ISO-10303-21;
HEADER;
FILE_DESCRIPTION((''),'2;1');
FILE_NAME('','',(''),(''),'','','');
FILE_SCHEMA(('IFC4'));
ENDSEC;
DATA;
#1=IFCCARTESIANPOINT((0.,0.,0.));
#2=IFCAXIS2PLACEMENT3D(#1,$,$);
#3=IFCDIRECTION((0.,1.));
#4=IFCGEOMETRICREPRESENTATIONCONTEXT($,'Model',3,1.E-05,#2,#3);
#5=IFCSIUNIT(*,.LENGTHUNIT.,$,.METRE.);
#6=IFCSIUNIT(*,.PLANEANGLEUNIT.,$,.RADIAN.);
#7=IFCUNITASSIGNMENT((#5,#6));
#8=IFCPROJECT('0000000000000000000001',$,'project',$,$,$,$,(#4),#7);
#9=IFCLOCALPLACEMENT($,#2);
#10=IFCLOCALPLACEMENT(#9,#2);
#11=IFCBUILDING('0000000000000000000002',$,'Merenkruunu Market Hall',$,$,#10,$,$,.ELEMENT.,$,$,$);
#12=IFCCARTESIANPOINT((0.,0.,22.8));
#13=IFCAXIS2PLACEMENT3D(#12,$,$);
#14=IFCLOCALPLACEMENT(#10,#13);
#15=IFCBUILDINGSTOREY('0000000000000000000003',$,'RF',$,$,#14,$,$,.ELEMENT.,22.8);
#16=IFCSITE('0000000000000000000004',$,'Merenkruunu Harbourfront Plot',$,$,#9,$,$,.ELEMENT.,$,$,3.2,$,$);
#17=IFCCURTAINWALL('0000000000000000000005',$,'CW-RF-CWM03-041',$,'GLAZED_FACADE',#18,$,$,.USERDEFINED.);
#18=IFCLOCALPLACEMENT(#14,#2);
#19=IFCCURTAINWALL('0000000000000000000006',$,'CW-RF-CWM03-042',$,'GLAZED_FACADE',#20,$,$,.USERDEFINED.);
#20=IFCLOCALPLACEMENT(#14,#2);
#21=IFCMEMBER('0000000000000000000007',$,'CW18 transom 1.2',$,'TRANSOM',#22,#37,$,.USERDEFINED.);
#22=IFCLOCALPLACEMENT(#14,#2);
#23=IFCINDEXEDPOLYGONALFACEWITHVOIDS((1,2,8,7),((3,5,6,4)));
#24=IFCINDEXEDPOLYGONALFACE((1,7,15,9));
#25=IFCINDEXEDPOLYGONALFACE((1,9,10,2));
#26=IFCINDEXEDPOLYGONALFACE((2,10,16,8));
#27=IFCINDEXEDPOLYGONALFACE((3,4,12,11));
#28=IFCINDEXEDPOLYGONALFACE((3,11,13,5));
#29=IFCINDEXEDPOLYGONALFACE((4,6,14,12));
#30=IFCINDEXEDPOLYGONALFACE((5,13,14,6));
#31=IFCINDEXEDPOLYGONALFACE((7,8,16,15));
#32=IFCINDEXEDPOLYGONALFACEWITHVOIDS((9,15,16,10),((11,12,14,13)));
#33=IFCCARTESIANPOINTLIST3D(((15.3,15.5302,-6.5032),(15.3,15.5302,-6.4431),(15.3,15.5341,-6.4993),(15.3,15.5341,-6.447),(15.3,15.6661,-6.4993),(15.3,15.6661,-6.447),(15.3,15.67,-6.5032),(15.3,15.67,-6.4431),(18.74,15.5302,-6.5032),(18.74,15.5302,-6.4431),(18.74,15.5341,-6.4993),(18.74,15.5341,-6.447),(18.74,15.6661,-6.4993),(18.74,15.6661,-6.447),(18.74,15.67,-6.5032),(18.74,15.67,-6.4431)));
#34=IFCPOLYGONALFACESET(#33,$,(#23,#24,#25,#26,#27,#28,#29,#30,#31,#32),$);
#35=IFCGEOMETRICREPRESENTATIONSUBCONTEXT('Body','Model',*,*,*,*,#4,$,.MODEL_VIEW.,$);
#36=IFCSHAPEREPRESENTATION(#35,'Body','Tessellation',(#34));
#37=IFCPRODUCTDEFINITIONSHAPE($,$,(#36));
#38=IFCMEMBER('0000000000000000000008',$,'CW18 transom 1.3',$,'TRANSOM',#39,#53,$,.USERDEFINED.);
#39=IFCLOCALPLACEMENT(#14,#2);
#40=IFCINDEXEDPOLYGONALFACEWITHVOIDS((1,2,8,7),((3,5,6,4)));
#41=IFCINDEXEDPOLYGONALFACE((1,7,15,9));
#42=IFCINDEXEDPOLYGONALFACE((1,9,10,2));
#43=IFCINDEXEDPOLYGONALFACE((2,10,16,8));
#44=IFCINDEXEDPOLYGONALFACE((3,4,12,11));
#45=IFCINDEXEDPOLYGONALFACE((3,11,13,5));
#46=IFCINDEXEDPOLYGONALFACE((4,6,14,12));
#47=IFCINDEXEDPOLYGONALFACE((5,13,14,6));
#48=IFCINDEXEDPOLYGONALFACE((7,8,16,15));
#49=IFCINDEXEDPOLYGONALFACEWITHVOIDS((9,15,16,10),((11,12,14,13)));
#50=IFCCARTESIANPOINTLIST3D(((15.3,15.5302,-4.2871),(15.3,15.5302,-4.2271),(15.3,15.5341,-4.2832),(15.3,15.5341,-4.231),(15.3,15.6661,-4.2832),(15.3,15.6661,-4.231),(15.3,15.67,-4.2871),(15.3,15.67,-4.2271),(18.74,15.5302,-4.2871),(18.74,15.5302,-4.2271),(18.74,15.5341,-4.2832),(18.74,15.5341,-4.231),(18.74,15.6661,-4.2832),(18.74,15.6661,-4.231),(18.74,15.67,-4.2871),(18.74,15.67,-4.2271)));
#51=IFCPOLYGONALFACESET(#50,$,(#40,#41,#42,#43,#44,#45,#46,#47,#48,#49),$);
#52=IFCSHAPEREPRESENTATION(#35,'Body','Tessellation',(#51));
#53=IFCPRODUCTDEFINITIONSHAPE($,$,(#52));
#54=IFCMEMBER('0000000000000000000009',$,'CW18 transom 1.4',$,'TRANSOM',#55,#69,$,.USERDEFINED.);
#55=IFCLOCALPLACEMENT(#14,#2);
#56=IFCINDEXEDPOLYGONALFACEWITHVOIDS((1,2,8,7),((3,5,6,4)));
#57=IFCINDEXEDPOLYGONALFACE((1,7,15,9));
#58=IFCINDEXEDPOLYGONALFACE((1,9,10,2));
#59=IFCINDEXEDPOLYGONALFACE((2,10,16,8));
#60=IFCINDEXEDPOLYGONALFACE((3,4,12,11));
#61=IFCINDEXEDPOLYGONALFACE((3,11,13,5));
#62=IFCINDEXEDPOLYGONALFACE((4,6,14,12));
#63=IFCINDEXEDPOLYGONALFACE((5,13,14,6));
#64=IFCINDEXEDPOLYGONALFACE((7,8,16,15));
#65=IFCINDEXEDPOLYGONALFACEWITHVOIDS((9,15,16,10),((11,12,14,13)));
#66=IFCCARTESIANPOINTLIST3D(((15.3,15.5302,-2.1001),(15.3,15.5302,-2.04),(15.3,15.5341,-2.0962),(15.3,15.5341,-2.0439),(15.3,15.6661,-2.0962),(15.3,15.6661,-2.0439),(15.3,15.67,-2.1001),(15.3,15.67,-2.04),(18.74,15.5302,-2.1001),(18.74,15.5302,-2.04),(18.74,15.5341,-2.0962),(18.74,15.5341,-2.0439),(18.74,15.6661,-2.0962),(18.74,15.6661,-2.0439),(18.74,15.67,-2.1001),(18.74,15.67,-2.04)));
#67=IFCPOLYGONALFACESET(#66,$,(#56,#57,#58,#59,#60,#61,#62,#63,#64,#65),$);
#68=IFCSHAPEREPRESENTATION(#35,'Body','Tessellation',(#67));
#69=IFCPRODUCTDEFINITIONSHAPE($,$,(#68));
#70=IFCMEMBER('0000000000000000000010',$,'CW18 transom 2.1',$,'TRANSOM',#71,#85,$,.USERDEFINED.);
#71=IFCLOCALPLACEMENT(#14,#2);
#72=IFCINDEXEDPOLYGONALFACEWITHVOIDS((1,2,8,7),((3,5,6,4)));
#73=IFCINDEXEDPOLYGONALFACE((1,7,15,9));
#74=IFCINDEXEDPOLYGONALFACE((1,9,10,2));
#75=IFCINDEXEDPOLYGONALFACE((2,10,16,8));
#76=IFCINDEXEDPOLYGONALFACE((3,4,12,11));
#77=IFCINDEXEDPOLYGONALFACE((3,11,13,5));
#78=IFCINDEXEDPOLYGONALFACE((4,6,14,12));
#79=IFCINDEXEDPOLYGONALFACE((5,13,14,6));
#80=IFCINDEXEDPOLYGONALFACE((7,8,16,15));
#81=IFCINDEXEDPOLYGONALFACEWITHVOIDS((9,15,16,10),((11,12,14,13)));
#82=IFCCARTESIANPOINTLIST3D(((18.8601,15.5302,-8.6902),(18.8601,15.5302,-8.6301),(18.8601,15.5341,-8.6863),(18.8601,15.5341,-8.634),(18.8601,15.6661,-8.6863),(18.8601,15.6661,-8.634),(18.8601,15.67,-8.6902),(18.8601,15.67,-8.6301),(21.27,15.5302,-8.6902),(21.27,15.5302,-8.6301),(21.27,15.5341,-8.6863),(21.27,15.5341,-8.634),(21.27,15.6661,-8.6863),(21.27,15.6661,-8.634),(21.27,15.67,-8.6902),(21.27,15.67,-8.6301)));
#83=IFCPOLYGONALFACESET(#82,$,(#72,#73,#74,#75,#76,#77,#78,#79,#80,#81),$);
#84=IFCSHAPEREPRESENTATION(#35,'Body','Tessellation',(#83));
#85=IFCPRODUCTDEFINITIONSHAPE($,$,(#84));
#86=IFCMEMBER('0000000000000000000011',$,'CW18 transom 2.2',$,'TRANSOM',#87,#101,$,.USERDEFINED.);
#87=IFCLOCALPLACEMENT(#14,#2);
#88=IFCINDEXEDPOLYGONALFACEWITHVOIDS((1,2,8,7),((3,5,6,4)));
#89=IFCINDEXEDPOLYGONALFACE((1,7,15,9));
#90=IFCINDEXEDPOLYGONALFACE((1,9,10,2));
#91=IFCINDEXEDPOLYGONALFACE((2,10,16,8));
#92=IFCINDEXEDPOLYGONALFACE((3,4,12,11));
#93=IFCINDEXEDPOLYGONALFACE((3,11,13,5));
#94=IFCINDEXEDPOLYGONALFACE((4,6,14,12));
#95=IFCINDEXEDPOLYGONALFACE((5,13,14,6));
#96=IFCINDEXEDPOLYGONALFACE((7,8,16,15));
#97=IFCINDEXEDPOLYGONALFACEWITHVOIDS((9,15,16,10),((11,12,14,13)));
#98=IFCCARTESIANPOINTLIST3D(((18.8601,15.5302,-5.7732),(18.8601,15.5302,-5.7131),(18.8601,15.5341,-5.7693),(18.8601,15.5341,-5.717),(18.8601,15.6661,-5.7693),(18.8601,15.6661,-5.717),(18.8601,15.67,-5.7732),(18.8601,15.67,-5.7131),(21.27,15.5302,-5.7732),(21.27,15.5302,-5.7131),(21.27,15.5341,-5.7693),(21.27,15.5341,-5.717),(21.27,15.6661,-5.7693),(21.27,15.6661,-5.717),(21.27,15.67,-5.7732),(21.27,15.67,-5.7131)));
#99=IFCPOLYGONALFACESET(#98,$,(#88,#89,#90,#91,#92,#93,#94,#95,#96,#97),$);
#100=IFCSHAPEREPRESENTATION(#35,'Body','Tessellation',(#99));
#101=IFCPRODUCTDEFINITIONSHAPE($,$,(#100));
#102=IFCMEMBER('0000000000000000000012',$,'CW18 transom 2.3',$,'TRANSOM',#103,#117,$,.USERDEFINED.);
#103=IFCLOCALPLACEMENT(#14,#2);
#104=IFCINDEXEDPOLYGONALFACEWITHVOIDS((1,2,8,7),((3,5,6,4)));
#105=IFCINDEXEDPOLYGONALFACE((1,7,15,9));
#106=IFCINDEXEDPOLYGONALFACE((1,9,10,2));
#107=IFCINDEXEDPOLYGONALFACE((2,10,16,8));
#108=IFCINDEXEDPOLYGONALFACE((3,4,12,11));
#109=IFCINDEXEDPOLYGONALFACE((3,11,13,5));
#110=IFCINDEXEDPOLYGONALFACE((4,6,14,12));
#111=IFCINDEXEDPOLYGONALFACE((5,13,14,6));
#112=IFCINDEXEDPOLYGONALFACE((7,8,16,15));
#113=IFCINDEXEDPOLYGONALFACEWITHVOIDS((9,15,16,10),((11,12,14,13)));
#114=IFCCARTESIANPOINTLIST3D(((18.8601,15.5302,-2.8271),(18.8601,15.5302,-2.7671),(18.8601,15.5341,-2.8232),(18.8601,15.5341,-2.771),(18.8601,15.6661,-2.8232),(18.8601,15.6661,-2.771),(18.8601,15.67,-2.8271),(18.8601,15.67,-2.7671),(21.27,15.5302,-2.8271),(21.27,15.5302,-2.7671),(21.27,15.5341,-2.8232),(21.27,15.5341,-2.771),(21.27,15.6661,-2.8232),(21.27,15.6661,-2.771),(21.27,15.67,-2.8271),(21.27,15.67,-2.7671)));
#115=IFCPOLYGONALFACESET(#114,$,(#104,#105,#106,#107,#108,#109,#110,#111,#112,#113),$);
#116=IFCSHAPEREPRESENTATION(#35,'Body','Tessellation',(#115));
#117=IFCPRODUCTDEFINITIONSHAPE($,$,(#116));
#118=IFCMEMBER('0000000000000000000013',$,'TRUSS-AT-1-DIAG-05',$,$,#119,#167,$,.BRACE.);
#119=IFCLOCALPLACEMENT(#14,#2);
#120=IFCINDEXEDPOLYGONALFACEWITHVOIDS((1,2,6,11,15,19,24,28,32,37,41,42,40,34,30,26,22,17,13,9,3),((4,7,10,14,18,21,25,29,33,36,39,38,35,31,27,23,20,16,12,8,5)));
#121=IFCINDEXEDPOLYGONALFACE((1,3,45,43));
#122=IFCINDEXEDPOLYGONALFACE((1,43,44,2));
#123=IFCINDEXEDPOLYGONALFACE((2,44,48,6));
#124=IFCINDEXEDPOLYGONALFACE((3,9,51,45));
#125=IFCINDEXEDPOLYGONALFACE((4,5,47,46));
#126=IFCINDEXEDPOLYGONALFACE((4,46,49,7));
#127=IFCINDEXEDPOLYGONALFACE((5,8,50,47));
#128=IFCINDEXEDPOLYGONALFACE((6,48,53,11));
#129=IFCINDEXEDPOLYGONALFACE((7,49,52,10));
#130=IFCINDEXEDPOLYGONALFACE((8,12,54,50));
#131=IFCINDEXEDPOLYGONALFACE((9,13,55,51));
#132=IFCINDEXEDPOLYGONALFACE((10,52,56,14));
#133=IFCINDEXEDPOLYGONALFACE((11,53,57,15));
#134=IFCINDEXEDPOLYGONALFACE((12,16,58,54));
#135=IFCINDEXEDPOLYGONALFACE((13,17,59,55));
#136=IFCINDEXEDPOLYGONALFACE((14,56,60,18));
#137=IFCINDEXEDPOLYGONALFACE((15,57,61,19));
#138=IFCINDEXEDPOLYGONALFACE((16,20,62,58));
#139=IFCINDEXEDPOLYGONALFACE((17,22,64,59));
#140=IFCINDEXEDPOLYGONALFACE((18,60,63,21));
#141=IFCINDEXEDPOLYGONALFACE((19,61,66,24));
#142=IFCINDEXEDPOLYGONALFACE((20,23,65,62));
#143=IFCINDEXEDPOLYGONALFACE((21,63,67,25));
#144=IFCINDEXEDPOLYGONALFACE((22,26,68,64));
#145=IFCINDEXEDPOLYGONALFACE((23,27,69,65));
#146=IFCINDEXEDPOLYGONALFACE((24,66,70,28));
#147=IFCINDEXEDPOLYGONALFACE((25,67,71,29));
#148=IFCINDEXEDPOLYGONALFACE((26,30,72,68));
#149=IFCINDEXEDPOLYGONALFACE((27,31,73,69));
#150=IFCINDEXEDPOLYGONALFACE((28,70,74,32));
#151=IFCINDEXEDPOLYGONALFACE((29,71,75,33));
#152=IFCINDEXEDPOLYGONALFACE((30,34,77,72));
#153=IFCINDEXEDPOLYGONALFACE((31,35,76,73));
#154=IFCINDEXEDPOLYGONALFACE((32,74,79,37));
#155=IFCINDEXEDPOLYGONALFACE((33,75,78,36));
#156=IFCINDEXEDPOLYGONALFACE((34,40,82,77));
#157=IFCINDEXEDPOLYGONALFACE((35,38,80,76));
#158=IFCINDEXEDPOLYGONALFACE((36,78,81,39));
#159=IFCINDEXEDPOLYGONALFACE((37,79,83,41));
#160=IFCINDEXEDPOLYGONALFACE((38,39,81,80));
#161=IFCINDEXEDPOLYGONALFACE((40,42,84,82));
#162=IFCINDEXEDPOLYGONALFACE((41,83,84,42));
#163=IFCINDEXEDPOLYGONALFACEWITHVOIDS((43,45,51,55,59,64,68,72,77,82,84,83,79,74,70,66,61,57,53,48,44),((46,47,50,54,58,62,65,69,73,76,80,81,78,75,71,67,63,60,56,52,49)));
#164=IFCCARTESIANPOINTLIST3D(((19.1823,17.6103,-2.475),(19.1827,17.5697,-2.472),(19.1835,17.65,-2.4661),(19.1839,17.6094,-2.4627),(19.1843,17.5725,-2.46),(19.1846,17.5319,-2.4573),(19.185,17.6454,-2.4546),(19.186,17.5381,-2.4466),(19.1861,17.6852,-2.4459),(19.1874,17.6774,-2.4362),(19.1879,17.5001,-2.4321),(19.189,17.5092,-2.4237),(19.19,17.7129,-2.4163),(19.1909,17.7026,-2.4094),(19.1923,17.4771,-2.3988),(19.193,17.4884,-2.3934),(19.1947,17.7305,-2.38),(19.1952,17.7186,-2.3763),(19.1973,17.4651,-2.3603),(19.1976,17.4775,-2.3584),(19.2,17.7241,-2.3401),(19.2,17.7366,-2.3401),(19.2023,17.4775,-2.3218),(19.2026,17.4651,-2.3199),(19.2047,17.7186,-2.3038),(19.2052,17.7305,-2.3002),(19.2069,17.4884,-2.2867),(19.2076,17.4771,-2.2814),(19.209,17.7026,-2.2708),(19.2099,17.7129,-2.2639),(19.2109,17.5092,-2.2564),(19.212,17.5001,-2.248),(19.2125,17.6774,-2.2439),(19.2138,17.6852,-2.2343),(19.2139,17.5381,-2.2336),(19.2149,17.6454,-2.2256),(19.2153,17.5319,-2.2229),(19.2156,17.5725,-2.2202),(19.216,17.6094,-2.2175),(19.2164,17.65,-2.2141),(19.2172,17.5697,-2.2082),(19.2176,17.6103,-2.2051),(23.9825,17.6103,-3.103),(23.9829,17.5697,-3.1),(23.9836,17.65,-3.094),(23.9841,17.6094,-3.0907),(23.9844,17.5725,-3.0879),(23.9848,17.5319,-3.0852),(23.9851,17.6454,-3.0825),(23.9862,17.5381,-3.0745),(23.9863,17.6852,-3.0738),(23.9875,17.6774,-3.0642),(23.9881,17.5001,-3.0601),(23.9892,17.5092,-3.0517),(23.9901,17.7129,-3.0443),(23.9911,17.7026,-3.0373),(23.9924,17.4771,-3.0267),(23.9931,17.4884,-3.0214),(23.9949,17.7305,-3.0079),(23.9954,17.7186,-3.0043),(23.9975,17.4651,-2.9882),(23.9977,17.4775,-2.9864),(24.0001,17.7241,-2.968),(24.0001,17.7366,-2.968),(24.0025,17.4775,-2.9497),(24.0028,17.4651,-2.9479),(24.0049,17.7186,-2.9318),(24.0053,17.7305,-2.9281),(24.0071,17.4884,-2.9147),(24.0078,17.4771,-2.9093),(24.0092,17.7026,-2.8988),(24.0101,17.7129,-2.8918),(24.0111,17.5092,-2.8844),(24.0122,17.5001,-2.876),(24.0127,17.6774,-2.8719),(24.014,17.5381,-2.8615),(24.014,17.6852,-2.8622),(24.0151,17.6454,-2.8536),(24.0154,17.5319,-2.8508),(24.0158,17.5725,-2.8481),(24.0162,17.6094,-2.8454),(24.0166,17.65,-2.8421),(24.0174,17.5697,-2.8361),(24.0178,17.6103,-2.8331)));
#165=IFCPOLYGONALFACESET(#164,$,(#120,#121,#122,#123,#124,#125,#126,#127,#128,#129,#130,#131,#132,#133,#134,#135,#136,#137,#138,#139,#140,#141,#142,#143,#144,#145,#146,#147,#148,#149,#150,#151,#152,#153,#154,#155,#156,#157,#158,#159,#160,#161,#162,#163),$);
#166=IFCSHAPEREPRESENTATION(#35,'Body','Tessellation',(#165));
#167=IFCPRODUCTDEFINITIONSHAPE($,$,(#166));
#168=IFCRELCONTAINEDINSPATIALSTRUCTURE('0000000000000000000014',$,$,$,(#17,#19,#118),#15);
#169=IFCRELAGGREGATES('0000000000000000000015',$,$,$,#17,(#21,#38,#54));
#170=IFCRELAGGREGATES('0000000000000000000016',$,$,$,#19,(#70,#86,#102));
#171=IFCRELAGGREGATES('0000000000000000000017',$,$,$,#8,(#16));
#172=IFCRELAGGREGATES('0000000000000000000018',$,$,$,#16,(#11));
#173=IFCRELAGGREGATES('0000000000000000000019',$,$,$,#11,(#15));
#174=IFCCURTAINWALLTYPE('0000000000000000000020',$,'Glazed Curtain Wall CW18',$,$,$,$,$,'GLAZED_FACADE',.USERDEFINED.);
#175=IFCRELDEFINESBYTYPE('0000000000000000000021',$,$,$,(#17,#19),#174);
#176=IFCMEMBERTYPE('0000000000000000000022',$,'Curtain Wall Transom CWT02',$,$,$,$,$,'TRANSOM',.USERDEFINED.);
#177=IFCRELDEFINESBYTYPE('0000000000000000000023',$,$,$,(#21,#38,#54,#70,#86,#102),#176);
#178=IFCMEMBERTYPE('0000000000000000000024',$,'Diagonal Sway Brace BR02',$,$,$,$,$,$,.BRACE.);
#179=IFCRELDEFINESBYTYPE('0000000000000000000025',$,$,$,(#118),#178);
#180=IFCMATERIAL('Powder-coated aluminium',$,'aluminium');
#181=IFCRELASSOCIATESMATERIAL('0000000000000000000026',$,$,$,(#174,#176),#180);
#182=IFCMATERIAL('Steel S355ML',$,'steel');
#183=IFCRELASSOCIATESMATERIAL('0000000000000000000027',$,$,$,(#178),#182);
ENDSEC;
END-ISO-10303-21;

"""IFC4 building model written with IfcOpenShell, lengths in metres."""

from ifc_helpers import new_model, si_unit, direction, frame, origin, origin_2d, place, context, subcontext, project, spatial, hollow_rectangle, hollow_circle, extrude, material, material_profile, profile_set, type_object, element, aggregate, save


model = new_model("IFC4")

# Units and contexts
model_context = context("Model", 3, precision=1e-05, world=origin(), true_north=direction((0.0, 1.0)))
body_context = subcontext(model_context, "Body", "Model", "MODEL_VIEW")
ifc_project = project(units=[si_unit("LENGTHUNIT", "METRE"), si_unit("PLANEANGLEUNIT", "RADIAN")], contexts=[model_context])

# Site, building, storey
site_placement = place(None, origin())
site = spatial("IfcSite", under=ifc_project, at=site_placement, Name="Merenkruunu Harbourfront Plot", CompositionType="ELEMENT", RefElevation=3.2)
building_placement = place(site_placement, origin())
building = spatial("IfcBuilding", under=site, at=building_placement, Name="Merenkruunu Market Hall", CompositionType="ELEMENT")
storey_placement = place(building_placement, frame((0.0, 0.0, 22.8)))
storey = spatial("IfcBuildingStorey", under=building, at=storey_placement, Name="RF", CompositionType="ELEMENT", Elevation=22.8)

# Shared definitions
ifc_material_1 = material(Name="Steel S355ML", Category="steel")

# Curtain wall
ifc_material_2 = material(Name="Powder-coated aluminium", Category="aluminium")
curtain_wall_type = type_object("IfcCurtainWallType", Name="Glazed Curtain Wall CW18", ElementType="GLAZED_FACADE", PredefinedType="USERDEFINED", material=ifc_material_2)
curtain_wall_1_placement = place(storey_placement, origin())
curtain_wall_1 = element("IfcCurtainWall", 1, at=curtain_wall_1_placement, inside=storey, type_object=curtain_wall_type, Name="CW-RF-CWM03-041", ObjectType="GLAZED_FACADE", PredefinedType="USERDEFINED")

# Curtain wall
curtain_wall_2_placement = place(storey_placement, origin())
curtain_wall_2 = element("IfcCurtainWall", 2, at=curtain_wall_2_placement, inside=storey, type_object=curtain_wall_type, Name="CW-RF-CWM03-042", ObjectType="GLAZED_FACADE", PredefinedType="USERDEFINED")

# Members
ifc_material_profile_1 = material_profile(ifc_material_2, hollow_rectangle(XDim=0.0601, YDim=0.1399, WallThickness=0.0039, at=origin_2d()), Name="ALU 60x140x4")
ifc_profile_set_1 = profile_set([ifc_material_profile_1], Name="Powder-coated aluminium")
member_type_1 = type_object("IfcMemberType", Name="Curtain Wall Transom CWT02", ElementType="TRANSOM", PredefinedType="USERDEFINED", material=ifc_profile_set_1)
member_1_placement = place(storey_placement, frame((18.74, 15.6001, -6.4731), z_axis=(-1.0, 0.0, 0.0), x_axis=(0.0, 0.0, 1.0)))
member_1 = element("IfcMember", 3, at=member_1_placement, type_object=member_type_1, Name="CW18 transom 1.2", ObjectType="TRANSOM", PredefinedType="USERDEFINED", context=body_context, shape_type="SweptSolid", body=[
    extrude(hollow_rectangle(XDim=0.0601, YDim=0.1399, WallThickness=0.0039, at=origin_2d()), origin(), (0.0, 0.0, 1.0), 3.4399),
])
member_2_placement = place(storey_placement, frame((18.74, 15.6001, -4.2571), z_axis=(-1.0, 0.0, 0.0), x_axis=(0.0, 0.0, 1.0)))
member_2 = element("IfcMember", 4, at=member_2_placement, type_object=member_type_1, Name="CW18 transom 1.3", ObjectType="TRANSOM", PredefinedType="USERDEFINED", context=body_context, shape_type="SweptSolid", body=[
    extrude(hollow_rectangle(XDim=0.0601, YDim=0.1399, WallThickness=0.0039, at=origin_2d()), origin(), (0.0, 0.0, 1.0), 3.4399),
])
member_3_placement = place(storey_placement, frame((18.74, 15.6001, -2.0701), z_axis=(-1.0, 0.0, 0.0), x_axis=(0.0, 0.0, 1.0)))
member_3 = element("IfcMember", 5, at=member_3_placement, type_object=member_type_1, Name="CW18 transom 1.4", ObjectType="TRANSOM", PredefinedType="USERDEFINED", context=body_context, shape_type="SweptSolid", body=[
    extrude(hollow_rectangle(XDim=0.0601, YDim=0.1399, WallThickness=0.0039, at=origin_2d()), origin(), (0.0, 0.0, 1.0), 3.4399),
])
member_4_placement = place(storey_placement, frame((21.27, 15.6001, -8.6602), z_axis=(-1.0, 0.0, 0.0), x_axis=(0.0, 0.0, 1.0)))
member_4 = element("IfcMember", 6, at=member_4_placement, type_object=member_type_1, Name="CW18 transom 2.1", ObjectType="TRANSOM", PredefinedType="USERDEFINED", context=body_context, shape_type="SweptSolid", body=[
    extrude(hollow_rectangle(XDim=0.0601, YDim=0.1399, WallThickness=0.0039, at=origin_2d()), origin(), (0.0, 0.0, 1.0), 2.4099),
])
member_5_placement = place(storey_placement, frame((21.27, 15.6001, -5.7432), z_axis=(-1.0, 0.0, 0.0), x_axis=(0.0, 0.0, 1.0)))
member_5 = element("IfcMember", 7, at=member_5_placement, type_object=member_type_1, Name="CW18 transom 2.2", ObjectType="TRANSOM", PredefinedType="USERDEFINED", context=body_context, shape_type="SweptSolid", body=[
    extrude(hollow_rectangle(XDim=0.0601, YDim=0.1399, WallThickness=0.0039, at=origin_2d()), origin(), (0.0, 0.0, 1.0), 2.4099),
])
member_6_placement = place(storey_placement, frame((21.27, 15.6001, -2.7971), z_axis=(-1.0, 0.0, 0.0), x_axis=(0.0, 0.0, 1.0)))
member_6 = element("IfcMember", 8, at=member_6_placement, type_object=member_type_1, Name="CW18 transom 2.3", ObjectType="TRANSOM", PredefinedType="USERDEFINED", context=body_context, shape_type="SweptSolid", body=[
    extrude(hollow_rectangle(XDim=0.0601, YDim=0.1399, WallThickness=0.0039, at=origin_2d()), origin(), (0.0, 0.0, 1.0), 2.4099),
])

# Member
ifc_material_profile_2 = material_profile(ifc_material_1, hollow_circle(Radius=0.1365, WallThickness=0.0125, at=origin_2d()), Name="CHS 273x12.5")
ifc_profile_set_2 = profile_set([ifc_material_profile_2], Name="Steel S355ML")
member_type_2 = type_object("IfcMemberType", Name="Diagonal Sway Brace BR02", PredefinedType="BRACE", material=ifc_profile_set_2)
member_7_placement = place(storey_placement, frame((19.2, 17.6001, -2.3401), z_axis=(0.991552, 0.0, -0.129712), x_axis=(0.0, 1.0, 0.0)))
element("IfcMember", 9, at=member_7_placement, inside=storey, type_object=member_type_2, Name="TRUSS-AT-1-DIAG-05", PredefinedType="BRACE", context=body_context, shape_type="SweptSolid", body=[
    extrude(hollow_circle(Radius=0.1365, WallThickness=0.0125, at=origin_2d()), origin(), (0.0, 0.0, 1.0), 4.8411),
])

aggregate(curtain_wall_1, [member_1, member_2, member_3])
aggregate(curtain_wall_2, [member_4, member_5, member_6])

save(model, "model.ifc")
